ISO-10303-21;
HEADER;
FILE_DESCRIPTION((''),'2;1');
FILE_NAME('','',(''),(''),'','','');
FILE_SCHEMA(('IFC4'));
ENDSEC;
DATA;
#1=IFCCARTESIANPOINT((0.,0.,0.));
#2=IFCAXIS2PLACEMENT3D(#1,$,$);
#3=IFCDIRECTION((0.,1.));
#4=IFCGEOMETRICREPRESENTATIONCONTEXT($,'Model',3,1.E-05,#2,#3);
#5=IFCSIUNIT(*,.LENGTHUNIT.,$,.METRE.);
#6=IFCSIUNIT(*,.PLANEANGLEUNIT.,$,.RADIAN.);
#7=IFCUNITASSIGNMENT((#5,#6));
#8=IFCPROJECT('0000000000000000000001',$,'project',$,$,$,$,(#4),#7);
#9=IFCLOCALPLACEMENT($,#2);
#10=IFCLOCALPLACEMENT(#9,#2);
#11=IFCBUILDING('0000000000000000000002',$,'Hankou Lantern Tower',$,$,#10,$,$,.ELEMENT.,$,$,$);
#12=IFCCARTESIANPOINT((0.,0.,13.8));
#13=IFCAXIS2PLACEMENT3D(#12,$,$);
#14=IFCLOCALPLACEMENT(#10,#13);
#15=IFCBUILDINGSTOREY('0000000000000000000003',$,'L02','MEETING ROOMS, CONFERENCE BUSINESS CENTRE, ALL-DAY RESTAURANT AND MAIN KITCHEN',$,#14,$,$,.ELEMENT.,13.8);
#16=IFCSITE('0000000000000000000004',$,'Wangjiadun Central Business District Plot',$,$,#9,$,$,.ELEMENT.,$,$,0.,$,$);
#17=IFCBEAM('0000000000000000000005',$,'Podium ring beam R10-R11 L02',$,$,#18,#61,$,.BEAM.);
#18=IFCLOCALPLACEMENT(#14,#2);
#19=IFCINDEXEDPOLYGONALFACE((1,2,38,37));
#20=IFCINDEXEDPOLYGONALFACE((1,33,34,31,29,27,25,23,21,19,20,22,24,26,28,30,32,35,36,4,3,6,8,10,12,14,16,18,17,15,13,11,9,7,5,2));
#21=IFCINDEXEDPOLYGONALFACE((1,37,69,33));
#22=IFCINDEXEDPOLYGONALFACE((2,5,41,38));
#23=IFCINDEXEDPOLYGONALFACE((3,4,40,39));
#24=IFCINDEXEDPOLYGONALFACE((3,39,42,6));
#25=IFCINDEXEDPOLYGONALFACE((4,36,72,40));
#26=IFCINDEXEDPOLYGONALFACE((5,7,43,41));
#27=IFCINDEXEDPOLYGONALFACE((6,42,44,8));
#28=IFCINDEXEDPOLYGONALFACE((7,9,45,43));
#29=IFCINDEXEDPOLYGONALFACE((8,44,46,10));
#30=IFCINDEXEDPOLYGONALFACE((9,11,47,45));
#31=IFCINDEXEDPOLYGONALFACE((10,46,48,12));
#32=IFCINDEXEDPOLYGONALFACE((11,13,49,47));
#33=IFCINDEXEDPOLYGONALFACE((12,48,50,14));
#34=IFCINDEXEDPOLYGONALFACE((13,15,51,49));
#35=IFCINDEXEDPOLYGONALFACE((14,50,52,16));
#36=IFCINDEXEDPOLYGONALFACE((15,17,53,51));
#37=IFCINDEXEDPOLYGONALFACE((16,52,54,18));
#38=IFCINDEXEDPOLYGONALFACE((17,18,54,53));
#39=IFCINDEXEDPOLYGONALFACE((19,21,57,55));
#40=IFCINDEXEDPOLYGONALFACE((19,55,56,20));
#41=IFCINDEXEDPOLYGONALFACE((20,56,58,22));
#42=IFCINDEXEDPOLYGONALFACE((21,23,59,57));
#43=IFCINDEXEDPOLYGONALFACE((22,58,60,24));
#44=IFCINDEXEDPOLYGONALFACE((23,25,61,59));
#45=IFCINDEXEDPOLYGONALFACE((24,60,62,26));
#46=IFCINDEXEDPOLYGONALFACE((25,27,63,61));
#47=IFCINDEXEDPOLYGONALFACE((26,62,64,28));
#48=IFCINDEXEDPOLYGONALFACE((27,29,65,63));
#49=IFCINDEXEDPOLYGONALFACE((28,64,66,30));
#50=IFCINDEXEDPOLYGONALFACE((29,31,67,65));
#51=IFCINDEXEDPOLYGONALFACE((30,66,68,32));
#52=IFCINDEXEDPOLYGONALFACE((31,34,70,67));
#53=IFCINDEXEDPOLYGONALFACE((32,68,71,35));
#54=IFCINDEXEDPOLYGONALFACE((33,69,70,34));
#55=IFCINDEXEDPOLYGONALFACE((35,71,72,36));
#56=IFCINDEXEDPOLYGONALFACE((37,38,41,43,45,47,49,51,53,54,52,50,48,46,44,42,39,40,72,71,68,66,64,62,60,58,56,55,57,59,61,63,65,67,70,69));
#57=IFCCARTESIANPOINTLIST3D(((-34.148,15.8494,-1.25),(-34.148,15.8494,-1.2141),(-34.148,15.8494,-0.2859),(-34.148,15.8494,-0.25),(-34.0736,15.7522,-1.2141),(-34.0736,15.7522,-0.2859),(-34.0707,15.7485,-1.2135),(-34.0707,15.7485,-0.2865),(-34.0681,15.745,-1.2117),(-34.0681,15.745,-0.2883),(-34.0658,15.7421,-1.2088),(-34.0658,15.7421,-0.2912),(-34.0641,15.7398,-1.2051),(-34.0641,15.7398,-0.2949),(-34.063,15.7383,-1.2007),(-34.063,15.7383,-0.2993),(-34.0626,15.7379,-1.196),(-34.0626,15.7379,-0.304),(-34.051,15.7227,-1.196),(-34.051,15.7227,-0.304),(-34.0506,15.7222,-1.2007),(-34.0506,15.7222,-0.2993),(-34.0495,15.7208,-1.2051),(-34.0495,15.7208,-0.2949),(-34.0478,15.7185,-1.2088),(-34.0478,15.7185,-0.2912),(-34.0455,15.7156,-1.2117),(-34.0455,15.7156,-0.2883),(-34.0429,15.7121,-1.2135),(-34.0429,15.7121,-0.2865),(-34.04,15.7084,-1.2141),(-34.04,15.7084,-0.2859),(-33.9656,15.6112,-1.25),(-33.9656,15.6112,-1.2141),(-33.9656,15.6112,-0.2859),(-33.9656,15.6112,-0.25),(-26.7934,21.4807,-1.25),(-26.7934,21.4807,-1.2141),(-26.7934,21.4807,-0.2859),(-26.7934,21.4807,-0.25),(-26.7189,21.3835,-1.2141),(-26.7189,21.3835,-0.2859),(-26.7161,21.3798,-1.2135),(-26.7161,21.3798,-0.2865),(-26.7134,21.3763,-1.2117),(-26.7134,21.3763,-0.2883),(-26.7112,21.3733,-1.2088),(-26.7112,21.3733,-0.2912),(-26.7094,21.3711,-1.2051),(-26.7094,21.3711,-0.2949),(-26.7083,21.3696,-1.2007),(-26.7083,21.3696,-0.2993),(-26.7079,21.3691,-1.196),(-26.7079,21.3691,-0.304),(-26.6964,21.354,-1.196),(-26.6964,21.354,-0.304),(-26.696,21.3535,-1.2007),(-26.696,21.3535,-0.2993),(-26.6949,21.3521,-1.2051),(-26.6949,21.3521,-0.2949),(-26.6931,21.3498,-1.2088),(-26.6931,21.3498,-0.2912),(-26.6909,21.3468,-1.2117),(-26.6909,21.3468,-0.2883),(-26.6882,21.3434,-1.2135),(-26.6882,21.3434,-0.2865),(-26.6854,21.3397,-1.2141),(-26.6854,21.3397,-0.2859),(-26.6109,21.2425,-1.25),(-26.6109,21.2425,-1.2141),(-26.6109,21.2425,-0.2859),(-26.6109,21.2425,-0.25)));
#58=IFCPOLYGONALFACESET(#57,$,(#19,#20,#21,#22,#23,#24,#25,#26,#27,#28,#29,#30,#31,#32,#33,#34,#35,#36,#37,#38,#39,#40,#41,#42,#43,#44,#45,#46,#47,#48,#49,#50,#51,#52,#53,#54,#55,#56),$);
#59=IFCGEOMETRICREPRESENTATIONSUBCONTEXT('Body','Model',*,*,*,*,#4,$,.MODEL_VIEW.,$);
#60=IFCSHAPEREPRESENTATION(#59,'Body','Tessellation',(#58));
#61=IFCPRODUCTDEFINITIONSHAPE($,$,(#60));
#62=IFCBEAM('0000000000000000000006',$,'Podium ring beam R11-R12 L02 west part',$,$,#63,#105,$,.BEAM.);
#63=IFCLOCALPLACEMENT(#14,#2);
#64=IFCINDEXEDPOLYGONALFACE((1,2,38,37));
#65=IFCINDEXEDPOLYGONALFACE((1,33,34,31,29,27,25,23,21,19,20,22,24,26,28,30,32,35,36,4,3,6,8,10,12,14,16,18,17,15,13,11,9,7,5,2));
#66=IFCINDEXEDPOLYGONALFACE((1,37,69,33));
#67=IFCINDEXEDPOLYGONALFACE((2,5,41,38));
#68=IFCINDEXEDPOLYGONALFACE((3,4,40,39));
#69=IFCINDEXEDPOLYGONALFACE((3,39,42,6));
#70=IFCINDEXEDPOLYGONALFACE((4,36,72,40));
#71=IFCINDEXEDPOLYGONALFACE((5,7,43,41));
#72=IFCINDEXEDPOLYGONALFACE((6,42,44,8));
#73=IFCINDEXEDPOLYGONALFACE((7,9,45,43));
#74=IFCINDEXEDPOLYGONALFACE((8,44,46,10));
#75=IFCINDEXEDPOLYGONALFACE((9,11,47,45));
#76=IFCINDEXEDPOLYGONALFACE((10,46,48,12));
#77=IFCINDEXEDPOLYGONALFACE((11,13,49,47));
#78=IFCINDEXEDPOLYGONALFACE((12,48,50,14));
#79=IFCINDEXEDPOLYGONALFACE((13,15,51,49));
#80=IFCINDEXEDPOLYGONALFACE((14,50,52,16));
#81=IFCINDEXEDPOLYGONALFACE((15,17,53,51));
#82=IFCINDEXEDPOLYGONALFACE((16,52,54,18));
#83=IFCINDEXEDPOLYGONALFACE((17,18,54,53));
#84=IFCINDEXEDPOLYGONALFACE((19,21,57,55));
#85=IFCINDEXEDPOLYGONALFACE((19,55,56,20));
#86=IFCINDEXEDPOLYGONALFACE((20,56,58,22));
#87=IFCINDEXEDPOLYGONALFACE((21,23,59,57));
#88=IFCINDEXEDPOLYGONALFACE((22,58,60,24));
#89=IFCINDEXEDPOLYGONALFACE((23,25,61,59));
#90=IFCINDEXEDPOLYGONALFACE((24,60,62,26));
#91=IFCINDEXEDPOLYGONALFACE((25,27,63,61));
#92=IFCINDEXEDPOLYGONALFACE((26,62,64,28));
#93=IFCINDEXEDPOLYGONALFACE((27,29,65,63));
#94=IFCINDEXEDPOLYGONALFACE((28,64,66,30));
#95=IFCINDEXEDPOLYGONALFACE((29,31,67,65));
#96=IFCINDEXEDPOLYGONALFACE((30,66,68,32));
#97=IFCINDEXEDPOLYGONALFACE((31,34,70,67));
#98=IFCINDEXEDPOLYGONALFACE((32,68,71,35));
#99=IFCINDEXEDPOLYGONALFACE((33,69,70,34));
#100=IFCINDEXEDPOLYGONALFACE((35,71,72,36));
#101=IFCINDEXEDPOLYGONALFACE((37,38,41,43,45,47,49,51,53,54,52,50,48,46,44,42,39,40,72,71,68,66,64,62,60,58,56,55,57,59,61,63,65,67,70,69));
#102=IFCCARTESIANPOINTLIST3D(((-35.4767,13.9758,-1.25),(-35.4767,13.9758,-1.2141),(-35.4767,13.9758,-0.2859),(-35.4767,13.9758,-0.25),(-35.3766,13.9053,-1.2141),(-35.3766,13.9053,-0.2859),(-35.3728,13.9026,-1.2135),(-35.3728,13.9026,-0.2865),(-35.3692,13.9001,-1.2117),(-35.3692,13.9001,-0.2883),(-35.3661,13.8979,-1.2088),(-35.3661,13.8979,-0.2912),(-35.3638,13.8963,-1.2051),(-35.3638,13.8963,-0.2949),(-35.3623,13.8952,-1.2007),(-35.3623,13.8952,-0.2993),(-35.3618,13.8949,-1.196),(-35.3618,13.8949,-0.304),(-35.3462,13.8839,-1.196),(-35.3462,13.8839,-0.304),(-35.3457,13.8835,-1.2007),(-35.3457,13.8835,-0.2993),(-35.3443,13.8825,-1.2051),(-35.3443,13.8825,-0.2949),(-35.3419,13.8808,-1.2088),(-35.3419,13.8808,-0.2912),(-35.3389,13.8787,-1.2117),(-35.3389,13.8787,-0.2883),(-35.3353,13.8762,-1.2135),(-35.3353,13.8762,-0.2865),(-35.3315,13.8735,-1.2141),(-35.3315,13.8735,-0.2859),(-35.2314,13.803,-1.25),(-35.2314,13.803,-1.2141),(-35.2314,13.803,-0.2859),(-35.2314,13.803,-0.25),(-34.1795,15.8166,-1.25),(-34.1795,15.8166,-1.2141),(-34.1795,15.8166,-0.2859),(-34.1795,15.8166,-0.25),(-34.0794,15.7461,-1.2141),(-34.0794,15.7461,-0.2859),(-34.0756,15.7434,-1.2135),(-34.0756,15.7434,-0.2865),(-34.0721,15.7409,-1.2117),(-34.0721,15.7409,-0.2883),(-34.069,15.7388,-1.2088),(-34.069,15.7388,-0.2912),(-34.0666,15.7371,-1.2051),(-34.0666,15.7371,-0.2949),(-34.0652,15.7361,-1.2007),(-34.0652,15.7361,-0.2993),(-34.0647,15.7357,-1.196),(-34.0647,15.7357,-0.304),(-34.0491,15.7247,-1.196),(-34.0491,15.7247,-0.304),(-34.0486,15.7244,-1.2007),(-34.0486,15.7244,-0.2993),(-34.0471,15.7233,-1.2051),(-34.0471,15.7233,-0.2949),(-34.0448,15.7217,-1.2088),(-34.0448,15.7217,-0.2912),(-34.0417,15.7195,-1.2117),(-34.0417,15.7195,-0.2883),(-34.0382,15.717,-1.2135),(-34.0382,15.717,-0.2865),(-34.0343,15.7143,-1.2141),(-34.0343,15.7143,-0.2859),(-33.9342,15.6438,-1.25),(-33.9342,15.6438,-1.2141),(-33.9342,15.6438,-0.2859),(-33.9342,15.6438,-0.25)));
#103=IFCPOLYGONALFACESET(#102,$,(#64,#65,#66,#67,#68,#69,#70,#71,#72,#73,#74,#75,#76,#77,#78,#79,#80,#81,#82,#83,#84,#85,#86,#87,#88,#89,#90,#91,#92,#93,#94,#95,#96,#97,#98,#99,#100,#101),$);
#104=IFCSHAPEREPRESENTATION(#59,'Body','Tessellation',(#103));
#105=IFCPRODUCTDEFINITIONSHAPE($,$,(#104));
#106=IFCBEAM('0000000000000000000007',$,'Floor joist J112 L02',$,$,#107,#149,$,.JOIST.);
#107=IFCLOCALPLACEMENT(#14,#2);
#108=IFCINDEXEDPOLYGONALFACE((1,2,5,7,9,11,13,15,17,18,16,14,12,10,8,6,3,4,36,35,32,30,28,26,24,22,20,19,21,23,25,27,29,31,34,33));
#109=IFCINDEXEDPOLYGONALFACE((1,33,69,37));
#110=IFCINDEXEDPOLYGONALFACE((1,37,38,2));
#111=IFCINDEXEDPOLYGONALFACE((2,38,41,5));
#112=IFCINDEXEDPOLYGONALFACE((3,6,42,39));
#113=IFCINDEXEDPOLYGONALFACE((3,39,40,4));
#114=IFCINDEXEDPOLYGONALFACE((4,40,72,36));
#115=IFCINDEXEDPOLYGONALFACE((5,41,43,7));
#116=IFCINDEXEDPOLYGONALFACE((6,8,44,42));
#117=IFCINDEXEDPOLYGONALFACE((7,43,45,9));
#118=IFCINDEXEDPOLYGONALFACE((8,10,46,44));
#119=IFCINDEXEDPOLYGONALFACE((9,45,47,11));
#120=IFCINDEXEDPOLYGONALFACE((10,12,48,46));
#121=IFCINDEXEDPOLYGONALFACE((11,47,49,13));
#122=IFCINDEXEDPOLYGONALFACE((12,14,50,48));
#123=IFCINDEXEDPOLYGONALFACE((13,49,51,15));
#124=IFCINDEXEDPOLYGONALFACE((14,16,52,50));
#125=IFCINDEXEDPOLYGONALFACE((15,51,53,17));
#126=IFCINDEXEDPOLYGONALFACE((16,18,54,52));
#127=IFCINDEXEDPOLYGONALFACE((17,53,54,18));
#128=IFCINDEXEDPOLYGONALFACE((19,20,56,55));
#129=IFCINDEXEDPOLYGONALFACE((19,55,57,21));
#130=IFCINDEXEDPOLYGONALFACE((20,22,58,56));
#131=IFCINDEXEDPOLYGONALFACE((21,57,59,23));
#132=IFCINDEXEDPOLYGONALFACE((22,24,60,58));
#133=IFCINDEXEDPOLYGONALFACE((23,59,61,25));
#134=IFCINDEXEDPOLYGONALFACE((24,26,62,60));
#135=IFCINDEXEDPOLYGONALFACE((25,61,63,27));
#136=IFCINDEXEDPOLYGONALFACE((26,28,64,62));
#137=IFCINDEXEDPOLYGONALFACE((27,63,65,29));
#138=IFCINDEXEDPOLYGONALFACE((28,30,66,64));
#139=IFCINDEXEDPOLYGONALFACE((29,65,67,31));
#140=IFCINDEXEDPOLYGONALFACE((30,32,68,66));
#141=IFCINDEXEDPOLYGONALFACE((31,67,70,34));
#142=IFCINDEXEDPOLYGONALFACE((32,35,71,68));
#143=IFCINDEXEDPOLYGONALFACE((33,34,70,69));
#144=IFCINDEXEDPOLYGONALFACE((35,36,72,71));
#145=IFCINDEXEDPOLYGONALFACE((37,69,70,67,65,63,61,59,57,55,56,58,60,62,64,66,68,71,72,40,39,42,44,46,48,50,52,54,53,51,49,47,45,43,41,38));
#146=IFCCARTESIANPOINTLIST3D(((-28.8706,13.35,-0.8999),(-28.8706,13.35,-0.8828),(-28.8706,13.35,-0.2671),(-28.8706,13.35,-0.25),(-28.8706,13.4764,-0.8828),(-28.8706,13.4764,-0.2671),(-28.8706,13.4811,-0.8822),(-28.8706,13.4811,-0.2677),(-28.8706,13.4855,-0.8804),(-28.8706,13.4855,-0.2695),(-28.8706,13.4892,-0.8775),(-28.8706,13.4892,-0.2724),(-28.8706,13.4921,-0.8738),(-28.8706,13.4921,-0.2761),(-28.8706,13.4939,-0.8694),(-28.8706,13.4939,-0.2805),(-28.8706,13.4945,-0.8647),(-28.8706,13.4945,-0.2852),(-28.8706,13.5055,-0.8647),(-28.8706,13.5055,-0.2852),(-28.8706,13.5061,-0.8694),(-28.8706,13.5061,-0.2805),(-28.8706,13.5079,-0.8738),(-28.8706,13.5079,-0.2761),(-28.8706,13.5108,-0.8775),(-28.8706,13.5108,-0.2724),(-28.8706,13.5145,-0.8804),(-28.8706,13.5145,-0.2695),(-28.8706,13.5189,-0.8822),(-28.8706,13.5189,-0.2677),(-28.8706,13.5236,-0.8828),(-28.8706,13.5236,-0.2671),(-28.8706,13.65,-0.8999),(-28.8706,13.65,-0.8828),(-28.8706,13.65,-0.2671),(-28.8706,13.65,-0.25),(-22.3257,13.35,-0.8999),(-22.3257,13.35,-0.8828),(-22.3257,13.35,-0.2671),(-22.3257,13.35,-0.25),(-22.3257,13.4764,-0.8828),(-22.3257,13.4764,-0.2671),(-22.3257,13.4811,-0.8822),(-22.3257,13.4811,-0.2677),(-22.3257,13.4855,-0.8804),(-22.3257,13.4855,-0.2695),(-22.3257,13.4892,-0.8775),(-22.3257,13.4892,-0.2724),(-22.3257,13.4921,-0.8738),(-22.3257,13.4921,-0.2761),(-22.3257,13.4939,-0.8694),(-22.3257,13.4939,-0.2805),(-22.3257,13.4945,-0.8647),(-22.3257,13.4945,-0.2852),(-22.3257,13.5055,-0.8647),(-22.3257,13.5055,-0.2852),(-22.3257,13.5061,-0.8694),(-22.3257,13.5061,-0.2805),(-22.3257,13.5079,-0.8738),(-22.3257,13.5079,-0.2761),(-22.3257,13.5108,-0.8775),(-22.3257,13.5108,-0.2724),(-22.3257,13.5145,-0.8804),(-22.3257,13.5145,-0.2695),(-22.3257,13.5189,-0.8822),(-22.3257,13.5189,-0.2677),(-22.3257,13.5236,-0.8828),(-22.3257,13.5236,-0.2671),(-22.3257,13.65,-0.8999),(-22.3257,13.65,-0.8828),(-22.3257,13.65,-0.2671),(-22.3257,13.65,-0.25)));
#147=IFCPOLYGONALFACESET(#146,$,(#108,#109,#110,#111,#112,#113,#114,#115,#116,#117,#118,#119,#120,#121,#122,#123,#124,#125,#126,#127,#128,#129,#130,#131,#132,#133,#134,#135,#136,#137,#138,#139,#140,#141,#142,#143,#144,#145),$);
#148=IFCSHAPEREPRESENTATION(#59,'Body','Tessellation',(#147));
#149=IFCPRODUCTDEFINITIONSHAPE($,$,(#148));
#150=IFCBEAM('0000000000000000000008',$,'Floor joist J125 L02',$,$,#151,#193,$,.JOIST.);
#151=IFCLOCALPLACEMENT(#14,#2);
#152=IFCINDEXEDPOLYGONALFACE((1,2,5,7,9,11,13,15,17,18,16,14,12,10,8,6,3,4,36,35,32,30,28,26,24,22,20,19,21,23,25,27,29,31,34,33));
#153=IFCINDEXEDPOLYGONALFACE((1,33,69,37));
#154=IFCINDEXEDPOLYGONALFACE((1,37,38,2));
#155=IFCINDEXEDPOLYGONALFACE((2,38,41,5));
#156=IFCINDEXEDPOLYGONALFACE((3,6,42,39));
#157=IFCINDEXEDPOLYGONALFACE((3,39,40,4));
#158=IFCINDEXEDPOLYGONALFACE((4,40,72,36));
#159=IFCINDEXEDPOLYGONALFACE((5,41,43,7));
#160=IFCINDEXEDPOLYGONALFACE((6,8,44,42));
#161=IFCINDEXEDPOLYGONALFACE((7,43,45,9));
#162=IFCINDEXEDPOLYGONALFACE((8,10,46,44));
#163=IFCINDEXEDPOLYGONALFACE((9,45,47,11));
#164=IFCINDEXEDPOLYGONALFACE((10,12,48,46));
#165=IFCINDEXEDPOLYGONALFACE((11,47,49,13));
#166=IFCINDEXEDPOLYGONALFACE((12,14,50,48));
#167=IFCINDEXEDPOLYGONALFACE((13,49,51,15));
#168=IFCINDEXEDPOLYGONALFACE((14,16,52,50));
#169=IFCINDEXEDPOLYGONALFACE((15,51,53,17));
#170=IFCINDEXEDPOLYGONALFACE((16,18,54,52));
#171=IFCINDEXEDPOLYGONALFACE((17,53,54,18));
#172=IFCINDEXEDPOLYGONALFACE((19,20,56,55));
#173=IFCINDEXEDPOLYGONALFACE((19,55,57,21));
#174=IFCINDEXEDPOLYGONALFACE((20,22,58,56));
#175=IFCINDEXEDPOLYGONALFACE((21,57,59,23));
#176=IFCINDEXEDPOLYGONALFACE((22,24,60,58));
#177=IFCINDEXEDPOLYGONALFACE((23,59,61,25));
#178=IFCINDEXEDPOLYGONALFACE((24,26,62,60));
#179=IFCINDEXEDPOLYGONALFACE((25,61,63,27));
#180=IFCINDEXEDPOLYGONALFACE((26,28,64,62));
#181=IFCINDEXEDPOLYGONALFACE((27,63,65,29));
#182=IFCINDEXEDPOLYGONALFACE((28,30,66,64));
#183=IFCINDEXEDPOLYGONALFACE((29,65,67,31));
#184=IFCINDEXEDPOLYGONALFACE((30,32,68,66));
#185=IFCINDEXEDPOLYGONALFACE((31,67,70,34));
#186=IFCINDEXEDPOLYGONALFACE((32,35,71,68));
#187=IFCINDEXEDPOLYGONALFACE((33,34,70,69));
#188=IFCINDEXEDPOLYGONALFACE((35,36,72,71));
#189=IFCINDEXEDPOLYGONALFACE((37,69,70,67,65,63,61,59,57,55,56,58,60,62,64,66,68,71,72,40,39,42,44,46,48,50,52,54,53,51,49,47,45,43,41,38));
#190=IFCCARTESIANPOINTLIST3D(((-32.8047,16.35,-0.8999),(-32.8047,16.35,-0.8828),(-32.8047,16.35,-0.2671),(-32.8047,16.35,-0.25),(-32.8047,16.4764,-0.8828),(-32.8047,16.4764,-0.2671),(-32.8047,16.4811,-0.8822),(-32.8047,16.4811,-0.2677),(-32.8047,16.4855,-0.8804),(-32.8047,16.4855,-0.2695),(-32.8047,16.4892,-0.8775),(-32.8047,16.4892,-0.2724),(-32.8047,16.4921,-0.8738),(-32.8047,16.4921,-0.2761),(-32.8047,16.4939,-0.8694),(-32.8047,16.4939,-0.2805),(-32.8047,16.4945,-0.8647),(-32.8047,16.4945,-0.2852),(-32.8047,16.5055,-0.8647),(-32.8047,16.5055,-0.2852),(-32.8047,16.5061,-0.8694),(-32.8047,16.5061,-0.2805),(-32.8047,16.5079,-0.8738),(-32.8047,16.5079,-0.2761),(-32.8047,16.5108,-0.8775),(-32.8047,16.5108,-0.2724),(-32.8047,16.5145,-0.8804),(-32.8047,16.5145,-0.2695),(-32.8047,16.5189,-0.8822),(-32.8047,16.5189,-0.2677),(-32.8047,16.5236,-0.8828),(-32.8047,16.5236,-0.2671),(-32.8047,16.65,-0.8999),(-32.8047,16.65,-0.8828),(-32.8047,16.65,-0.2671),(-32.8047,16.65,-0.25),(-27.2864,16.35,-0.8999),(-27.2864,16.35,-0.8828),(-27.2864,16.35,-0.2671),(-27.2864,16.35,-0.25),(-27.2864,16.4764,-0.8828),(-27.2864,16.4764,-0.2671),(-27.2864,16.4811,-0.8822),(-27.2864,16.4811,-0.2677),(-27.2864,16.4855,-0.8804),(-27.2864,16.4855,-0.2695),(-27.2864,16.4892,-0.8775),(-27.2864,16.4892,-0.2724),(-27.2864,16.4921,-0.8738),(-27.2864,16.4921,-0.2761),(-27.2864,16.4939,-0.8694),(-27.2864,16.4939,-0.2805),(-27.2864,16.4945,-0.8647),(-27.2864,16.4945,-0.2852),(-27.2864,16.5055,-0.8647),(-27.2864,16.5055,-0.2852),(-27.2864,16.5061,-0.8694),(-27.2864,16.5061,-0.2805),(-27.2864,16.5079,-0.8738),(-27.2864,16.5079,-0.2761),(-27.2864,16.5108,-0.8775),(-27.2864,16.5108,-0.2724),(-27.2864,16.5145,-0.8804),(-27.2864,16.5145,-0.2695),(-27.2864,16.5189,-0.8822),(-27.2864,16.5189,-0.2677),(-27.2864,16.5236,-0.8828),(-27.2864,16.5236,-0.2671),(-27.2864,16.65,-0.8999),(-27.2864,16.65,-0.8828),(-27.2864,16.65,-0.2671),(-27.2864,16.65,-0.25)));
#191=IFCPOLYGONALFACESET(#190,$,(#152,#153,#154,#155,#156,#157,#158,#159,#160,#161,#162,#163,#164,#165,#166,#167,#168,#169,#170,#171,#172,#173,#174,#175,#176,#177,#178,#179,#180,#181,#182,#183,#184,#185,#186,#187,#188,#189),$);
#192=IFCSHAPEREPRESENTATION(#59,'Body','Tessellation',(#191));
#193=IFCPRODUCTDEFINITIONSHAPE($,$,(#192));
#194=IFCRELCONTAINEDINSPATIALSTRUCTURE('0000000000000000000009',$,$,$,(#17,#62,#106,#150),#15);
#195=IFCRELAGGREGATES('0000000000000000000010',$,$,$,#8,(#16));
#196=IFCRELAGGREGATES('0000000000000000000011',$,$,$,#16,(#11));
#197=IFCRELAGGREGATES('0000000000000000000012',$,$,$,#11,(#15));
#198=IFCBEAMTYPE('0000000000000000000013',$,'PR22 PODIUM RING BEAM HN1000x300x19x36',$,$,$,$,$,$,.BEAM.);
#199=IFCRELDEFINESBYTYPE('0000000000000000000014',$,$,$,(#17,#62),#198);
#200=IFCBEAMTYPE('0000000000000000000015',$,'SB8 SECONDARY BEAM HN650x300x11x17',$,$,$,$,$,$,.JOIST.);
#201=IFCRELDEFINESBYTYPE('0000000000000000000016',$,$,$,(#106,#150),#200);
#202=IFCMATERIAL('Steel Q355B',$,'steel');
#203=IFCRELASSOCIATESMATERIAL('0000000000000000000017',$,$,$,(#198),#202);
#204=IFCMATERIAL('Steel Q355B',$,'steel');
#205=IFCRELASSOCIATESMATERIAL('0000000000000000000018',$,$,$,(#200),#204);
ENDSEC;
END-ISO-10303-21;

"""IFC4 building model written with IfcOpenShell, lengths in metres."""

from ifc_helpers import new_model, si_unit, direction, frame, origin, origin_2d, place, context, subcontext, project, spatial, i_section, extrude, material, material_profile, profile_set, type_object, element, save


model = new_model("IFC4")

# Units and contexts
model_context = context("Model", 3, precision=1e-05, world=origin(), true_north=direction((0.0, 1.0)))
body_context = subcontext(model_context, "Body", "Model", "MODEL_VIEW")
ifc_project = project(units=[si_unit("LENGTHUNIT", "METRE"), si_unit("PLANEANGLEUNIT", "RADIAN")], contexts=[model_context])

# Site, building, storey
site_placement = place(None, origin())
site = spatial("IfcSite", under=ifc_project, at=site_placement, Name="Wangjiadun Central Business District Plot", CompositionType="ELEMENT", RefElevation=0.0)
building_placement = place(site_placement, origin())
building = spatial("IfcBuilding", under=site, at=building_placement, Name="Hankou Lantern Tower", CompositionType="ELEMENT")
storey_placement = place(building_placement, frame((0.0, 0.0, 13.8)))
storey = spatial("IfcBuildingStorey", under=building, at=storey_placement, Name="L02", Description="MEETING ROOMS, CONFERENCE BUSINESS CENTRE, ALL-DAY RESTAURANT AND MAIN KITCHEN", CompositionType="ELEMENT", Elevation=13.8)

# Beams
ifc_material_1 = material(Name="Steel Q355B", Category="steel")
ifc_material_profile_1 = material_profile(ifc_material_1, i_section(OverallWidth=0.3, OverallDepth=1.0, WebThickness=0.019, FlangeThickness=0.0359, FilletRadius=0.0181, at=origin_2d()), Name="HN1000x300x19x36")
ifc_profile_set_1 = profile_set([ifc_material_profile_1], Name="Steel Q355B")
beam_type_1 = type_object("IfcBeamType", Name="PR22 PODIUM RING BEAM HN1000x300x19x36", PredefinedType="BEAM", material=ifc_profile_set_1)
beam_1_placement = place(storey_placement, frame((-26.7021, 21.3616, -0.75), z_axis=(-0.793986, -0.607936, 0.0), x_axis=(0.607936, -0.793986, 0.0)))
element("IfcBeam", 1, at=beam_1_placement, inside=storey, type_object=beam_type_1, Name="Podium ring beam R10-R11 L02", PredefinedType="BEAM", context=body_context, shape_type="SweptSolid", body=[
    extrude(i_section(OverallWidth=0.3, OverallDepth=1.0, WebThickness=0.019, FlangeThickness=0.0359, FilletRadius=0.0181, at=origin_2d()), origin(), (0.0, 0.0, 1.0), 9.2629),
])
beam_2_placement = place(storey_placement, frame((-34.0569, 15.7302, -0.75), z_axis=(-0.576006, -0.817445, 0.0), x_axis=(0.817445, -0.576006, 0.0)))
element("IfcBeam", 2, at=beam_2_placement, inside=storey, type_object=beam_type_1, Name="Podium ring beam R11-R12 L02 west part", PredefinedType="BEAM", context=body_context, shape_type="SweptSolid", body=[
    extrude(i_section(OverallWidth=0.3, OverallDepth=1.0, WebThickness=0.019, FlangeThickness=0.0359, FilletRadius=0.0181, at=origin_2d()), origin(), (0.0, 0.0, 1.0), 2.252),
])
ifc_material_2 = material(Name="Steel Q355B", Category="steel")
ifc_material_profile_2 = material_profile(ifc_material_2, i_section(OverallWidth=0.3, OverallDepth=0.6499, WebThickness=0.011, FlangeThickness=0.0171, FilletRadius=0.0181, at=origin_2d()), Name="HN650x300x11x17")
ifc_profile_set_2 = profile_set([ifc_material_profile_2], Name="Steel Q355B")
beam_type_2 = type_object("IfcBeamType", Name="SB8 SECONDARY BEAM HN650x300x11x17", PredefinedType="JOIST", material=ifc_profile_set_2)
beam_3_placement = place(storey_placement, frame((-28.8706, 13.5, -0.575), z_axis=(1.0, 0.0, 0.0), x_axis=(0.0, 1.0, 0.0)))
element("IfcBeam", 3, at=beam_3_placement, inside=storey, type_object=beam_type_2, Name="Floor joist J112 L02", PredefinedType="JOIST", context=body_context, shape_type="SweptSolid", body=[
    extrude(i_section(OverallWidth=0.3, OverallDepth=0.6499, WebThickness=0.011, FlangeThickness=0.0171, FilletRadius=0.0181, at=origin_2d()), origin(), (0.0, 0.0, 1.0), 6.5449),
])
beam_4_placement = place(storey_placement, frame((-32.8047, 16.5, -0.575), z_axis=(1.0, 0.0, 0.0), x_axis=(0.0, 1.0, 0.0)))
element("IfcBeam", 4, at=beam_4_placement, inside=storey, type_object=beam_type_2, Name="Floor joist J125 L02", PredefinedType="JOIST", context=body_context, shape_type="SweptSolid", body=[
    extrude(i_section(OverallWidth=0.3, OverallDepth=0.6499, WebThickness=0.011, FlangeThickness=0.0171, FilletRadius=0.0181, at=origin_2d()), origin(), (0.0, 0.0, 1.0), 5.5183),
])

save(model, "model.ifc")
